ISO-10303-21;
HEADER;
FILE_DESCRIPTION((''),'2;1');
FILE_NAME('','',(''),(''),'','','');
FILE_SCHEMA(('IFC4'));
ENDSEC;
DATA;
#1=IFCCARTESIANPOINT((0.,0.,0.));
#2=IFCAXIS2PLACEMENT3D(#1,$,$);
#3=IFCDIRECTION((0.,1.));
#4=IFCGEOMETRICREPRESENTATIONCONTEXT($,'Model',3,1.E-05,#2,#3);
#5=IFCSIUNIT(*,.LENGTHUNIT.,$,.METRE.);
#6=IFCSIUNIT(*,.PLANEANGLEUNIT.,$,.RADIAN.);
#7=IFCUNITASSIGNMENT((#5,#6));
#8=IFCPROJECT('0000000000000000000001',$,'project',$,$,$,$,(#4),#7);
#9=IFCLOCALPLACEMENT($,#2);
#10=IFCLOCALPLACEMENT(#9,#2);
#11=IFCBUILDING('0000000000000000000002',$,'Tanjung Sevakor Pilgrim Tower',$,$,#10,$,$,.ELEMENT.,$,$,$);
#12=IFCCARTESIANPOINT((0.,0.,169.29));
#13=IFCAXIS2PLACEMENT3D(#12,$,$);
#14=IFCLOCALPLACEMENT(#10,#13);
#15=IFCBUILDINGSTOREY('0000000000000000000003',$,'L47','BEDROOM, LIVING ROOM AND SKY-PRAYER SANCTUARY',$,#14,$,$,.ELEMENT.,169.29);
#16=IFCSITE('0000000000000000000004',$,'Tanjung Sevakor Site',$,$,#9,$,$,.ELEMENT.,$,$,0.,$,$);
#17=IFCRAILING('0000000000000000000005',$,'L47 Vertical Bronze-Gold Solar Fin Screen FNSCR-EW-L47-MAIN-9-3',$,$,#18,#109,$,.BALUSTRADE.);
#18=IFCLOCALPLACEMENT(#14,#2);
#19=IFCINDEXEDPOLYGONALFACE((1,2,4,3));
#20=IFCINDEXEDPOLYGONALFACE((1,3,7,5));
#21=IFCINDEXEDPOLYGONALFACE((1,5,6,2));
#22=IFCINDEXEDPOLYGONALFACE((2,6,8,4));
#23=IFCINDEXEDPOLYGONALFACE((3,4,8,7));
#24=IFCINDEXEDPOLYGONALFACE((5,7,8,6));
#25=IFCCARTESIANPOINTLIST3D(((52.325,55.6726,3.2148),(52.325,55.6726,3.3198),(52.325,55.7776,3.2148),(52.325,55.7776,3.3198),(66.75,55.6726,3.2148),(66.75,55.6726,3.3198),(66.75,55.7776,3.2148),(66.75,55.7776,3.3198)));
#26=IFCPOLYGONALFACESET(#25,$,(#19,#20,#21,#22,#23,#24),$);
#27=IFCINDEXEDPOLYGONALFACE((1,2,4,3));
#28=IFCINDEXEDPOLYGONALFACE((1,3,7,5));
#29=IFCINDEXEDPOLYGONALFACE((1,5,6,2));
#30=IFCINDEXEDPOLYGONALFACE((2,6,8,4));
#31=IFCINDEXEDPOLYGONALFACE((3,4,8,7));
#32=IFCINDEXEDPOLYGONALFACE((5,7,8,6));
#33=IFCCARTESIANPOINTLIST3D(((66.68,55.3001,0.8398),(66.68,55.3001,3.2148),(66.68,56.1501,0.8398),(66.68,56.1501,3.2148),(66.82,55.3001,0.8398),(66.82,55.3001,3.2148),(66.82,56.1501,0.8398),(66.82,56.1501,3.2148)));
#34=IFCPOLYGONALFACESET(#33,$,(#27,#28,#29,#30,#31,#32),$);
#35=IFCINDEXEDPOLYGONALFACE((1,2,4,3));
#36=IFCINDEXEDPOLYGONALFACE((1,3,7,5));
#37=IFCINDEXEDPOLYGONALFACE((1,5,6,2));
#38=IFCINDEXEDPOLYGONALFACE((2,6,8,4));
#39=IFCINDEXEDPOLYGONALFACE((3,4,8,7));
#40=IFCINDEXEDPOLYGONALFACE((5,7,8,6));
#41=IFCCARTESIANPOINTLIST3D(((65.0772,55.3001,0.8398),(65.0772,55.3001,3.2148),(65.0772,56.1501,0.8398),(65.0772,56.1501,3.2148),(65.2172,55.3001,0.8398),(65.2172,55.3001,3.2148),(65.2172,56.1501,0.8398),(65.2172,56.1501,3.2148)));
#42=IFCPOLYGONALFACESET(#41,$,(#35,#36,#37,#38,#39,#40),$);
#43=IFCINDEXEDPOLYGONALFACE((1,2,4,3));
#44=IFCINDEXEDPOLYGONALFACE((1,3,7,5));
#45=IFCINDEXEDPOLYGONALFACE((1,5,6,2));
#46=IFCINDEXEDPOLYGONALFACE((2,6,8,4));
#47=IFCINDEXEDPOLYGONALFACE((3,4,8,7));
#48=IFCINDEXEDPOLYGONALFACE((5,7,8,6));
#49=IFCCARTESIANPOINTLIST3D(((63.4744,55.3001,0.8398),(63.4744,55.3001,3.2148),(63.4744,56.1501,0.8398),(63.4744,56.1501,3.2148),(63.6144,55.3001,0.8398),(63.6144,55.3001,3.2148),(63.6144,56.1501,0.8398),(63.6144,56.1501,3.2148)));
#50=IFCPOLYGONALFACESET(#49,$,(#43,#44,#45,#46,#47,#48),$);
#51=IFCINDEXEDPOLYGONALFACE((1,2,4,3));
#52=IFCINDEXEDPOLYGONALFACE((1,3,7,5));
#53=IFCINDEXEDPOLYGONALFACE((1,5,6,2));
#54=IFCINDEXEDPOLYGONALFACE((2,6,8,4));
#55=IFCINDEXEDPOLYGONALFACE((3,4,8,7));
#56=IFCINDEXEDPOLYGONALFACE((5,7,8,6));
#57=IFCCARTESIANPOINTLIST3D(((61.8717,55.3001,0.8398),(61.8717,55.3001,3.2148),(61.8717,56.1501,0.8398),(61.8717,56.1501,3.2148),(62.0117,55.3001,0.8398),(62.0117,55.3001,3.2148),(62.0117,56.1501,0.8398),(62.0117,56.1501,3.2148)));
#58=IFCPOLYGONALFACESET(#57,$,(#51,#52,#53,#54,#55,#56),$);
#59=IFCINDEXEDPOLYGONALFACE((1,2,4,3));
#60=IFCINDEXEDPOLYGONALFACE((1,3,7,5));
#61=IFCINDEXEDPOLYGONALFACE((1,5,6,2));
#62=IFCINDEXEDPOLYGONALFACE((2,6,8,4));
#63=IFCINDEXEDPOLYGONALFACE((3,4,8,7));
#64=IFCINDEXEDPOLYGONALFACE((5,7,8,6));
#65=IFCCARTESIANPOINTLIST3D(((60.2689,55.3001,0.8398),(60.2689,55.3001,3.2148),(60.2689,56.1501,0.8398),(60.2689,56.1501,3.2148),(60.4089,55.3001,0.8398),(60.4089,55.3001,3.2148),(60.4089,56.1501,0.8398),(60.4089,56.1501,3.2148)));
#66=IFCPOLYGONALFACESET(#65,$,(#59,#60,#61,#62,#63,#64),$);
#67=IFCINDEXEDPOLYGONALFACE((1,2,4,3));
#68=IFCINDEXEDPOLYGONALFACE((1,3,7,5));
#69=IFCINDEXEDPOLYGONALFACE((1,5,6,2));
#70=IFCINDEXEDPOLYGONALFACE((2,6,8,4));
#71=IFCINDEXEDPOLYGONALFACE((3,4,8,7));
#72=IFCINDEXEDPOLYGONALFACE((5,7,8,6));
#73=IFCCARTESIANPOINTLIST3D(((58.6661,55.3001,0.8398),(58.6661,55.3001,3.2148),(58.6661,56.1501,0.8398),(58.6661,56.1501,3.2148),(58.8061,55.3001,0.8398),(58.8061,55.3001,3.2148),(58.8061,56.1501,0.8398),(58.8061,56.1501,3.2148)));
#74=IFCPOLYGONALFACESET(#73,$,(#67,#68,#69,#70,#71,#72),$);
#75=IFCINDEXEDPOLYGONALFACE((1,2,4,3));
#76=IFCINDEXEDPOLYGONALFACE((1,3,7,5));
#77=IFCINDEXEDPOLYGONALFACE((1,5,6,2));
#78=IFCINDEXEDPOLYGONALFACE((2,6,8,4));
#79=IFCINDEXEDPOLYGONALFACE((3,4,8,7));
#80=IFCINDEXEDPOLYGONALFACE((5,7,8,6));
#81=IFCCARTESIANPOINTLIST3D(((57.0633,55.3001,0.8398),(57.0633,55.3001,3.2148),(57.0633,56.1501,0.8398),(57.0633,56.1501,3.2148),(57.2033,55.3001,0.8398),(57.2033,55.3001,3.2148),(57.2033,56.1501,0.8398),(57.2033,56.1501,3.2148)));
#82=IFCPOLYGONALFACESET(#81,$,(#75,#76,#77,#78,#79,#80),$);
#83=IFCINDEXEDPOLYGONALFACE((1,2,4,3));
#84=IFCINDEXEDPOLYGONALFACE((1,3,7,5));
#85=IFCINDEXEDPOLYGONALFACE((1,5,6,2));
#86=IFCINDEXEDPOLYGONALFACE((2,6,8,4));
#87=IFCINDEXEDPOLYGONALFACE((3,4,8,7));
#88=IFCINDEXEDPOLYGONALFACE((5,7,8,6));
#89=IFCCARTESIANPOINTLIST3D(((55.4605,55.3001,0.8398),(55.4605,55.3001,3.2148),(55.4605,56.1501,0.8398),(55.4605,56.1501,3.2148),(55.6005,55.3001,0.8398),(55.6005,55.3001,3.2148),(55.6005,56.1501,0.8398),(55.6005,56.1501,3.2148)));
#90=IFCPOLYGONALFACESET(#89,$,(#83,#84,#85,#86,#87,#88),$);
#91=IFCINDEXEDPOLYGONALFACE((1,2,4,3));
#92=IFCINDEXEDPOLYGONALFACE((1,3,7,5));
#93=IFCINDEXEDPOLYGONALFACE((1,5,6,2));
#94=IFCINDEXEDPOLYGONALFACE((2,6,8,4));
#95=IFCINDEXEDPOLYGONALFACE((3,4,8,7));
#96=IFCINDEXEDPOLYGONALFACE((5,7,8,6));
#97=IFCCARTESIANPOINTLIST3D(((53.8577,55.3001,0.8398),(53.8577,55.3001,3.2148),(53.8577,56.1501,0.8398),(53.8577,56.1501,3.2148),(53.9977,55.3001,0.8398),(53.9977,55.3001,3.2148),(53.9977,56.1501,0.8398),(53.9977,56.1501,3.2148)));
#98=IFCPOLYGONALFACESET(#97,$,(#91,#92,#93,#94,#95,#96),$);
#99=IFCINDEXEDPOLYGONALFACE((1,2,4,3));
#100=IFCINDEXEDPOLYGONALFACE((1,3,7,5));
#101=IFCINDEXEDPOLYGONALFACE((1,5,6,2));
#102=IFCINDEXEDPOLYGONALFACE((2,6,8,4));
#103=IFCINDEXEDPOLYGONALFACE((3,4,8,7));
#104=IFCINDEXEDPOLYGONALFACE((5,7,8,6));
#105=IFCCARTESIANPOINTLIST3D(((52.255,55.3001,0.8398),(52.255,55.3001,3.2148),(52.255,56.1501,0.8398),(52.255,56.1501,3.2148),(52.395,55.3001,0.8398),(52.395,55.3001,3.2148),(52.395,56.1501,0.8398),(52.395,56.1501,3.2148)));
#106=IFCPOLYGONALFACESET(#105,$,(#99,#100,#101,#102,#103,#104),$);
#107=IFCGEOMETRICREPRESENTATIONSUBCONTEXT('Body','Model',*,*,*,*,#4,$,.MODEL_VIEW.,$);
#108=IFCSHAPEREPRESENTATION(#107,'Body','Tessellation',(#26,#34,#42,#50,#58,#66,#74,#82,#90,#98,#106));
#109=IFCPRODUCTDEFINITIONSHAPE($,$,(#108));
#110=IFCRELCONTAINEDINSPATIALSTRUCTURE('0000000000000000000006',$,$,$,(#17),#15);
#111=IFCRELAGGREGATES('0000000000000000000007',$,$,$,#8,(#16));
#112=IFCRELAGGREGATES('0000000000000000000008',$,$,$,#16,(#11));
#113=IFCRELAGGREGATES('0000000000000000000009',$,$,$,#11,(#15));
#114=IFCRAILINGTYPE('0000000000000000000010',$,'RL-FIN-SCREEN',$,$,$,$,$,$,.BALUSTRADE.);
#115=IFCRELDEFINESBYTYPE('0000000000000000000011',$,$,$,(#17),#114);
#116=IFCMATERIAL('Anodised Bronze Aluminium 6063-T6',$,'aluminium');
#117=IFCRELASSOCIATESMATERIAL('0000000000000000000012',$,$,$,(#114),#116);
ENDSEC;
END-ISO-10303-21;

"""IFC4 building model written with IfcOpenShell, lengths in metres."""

from ifc_helpers import new_model, si_unit, direction, frame, origin, place, context, subcontext, project, spatial, rectangle, extrude, material, type_object, element, save


model = new_model("IFC4")

# Units and contexts
model_context = context("Model", 3, precision=1e-05, world=origin(), true_north=direction((0.0, 1.0)))
body_context = subcontext(model_context, "Body", "Model", "MODEL_VIEW")
ifc_project = project(units=[si_unit("LENGTHUNIT", "METRE"), si_unit("PLANEANGLEUNIT", "RADIAN")], contexts=[model_context])

# Site, building, storey
site_placement = place(None, origin())
site = spatial("IfcSite", under=ifc_project, at=site_placement, Name="Tanjung Sevakor Site", CompositionType="ELEMENT", RefElevation=0.0)
building_placement = place(site_placement, origin())
building = spatial("IfcBuilding", under=site, at=building_placement, Name="Tanjung Sevakor Pilgrim Tower", CompositionType="ELEMENT")
storey_placement = place(building_placement, frame((0.0, 0.0, 169.29)))
storey = spatial("IfcBuildingStorey", under=building, at=storey_placement, Name="L47", Description="BEDROOM, LIVING ROOM AND SKY-PRAYER SANCTUARY", CompositionType="ELEMENT", Elevation=169.29)

# Railing
ifc_material_1 = material(Name="Anodised Bronze Aluminium 6063-T6", Category="aluminium")
railing_type_1 = type_object("IfcRailingType", Name="RL-FIN-SCREEN", PredefinedType="BALUSTRADE", material=ifc_material_1)
railing_1_placement = place(storey_placement, frame((66.75, 55.7251, 0.8398)))
element("IfcRailing", 1, at=railing_1_placement, inside=storey, type_object=railing_type_1, Name="L47 Vertical Bronze-Gold Solar Fin Screen FNSCR-EW-L47-MAIN-9-3", PredefinedType="BALUSTRADE", context=body_context, shape_type="SweptSolid", body=[
    extrude(rectangle(XDim=0.105, YDim=0.105), frame((0.0, 0.0, 2.4275), z_axis=(-1.0, 0.0, 0.0), x_axis=(0.0, -1.0, 0.0)), (0.0, 0.0, 1.0), 14.425),
    extrude(rectangle(XDim=0.14, YDim=0.85), origin(), (0.0, 0.0, 1.0), 2.375),
    extrude(rectangle(XDim=0.14, YDim=0.85), frame((-1.6028, 0.0, 0.0)), (0.0, 0.0, 1.0), 2.375),
    extrude(rectangle(XDim=0.14, YDim=0.85), frame((-3.2056, 0.0, 0.0)), (0.0, 0.0, 1.0), 2.375),
    extrude(rectangle(XDim=0.14, YDim=0.85), frame((-4.8083, 0.0, 0.0)), (0.0, 0.0, 1.0), 2.375),
    extrude(rectangle(XDim=0.14, YDim=0.85), frame((-6.4111, 0.0, 0.0)), (0.0, 0.0, 1.0), 2.375),
    extrude(rectangle(XDim=0.14, YDim=0.85), frame((-8.0139, 0.0, 0.0)), (0.0, 0.0, 1.0), 2.375),
    extrude(rectangle(XDim=0.14, YDim=0.85), frame((-9.6167, 0.0, 0.0)), (0.0, 0.0, 1.0), 2.375),
    extrude(rectangle(XDim=0.14, YDim=0.85), frame((-11.2195, 0.0, 0.0)), (0.0, 0.0, 1.0), 2.375),
    extrude(rectangle(XDim=0.14, YDim=0.85), frame((-12.8223, 0.0, 0.0)), (0.0, 0.0, 1.0), 2.375),
    extrude(rectangle(XDim=0.14, YDim=0.85), frame((-14.425, 0.0, 0.0)), (0.0, 0.0, 1.0), 2.375),
])

save(model, "model.ifc")
